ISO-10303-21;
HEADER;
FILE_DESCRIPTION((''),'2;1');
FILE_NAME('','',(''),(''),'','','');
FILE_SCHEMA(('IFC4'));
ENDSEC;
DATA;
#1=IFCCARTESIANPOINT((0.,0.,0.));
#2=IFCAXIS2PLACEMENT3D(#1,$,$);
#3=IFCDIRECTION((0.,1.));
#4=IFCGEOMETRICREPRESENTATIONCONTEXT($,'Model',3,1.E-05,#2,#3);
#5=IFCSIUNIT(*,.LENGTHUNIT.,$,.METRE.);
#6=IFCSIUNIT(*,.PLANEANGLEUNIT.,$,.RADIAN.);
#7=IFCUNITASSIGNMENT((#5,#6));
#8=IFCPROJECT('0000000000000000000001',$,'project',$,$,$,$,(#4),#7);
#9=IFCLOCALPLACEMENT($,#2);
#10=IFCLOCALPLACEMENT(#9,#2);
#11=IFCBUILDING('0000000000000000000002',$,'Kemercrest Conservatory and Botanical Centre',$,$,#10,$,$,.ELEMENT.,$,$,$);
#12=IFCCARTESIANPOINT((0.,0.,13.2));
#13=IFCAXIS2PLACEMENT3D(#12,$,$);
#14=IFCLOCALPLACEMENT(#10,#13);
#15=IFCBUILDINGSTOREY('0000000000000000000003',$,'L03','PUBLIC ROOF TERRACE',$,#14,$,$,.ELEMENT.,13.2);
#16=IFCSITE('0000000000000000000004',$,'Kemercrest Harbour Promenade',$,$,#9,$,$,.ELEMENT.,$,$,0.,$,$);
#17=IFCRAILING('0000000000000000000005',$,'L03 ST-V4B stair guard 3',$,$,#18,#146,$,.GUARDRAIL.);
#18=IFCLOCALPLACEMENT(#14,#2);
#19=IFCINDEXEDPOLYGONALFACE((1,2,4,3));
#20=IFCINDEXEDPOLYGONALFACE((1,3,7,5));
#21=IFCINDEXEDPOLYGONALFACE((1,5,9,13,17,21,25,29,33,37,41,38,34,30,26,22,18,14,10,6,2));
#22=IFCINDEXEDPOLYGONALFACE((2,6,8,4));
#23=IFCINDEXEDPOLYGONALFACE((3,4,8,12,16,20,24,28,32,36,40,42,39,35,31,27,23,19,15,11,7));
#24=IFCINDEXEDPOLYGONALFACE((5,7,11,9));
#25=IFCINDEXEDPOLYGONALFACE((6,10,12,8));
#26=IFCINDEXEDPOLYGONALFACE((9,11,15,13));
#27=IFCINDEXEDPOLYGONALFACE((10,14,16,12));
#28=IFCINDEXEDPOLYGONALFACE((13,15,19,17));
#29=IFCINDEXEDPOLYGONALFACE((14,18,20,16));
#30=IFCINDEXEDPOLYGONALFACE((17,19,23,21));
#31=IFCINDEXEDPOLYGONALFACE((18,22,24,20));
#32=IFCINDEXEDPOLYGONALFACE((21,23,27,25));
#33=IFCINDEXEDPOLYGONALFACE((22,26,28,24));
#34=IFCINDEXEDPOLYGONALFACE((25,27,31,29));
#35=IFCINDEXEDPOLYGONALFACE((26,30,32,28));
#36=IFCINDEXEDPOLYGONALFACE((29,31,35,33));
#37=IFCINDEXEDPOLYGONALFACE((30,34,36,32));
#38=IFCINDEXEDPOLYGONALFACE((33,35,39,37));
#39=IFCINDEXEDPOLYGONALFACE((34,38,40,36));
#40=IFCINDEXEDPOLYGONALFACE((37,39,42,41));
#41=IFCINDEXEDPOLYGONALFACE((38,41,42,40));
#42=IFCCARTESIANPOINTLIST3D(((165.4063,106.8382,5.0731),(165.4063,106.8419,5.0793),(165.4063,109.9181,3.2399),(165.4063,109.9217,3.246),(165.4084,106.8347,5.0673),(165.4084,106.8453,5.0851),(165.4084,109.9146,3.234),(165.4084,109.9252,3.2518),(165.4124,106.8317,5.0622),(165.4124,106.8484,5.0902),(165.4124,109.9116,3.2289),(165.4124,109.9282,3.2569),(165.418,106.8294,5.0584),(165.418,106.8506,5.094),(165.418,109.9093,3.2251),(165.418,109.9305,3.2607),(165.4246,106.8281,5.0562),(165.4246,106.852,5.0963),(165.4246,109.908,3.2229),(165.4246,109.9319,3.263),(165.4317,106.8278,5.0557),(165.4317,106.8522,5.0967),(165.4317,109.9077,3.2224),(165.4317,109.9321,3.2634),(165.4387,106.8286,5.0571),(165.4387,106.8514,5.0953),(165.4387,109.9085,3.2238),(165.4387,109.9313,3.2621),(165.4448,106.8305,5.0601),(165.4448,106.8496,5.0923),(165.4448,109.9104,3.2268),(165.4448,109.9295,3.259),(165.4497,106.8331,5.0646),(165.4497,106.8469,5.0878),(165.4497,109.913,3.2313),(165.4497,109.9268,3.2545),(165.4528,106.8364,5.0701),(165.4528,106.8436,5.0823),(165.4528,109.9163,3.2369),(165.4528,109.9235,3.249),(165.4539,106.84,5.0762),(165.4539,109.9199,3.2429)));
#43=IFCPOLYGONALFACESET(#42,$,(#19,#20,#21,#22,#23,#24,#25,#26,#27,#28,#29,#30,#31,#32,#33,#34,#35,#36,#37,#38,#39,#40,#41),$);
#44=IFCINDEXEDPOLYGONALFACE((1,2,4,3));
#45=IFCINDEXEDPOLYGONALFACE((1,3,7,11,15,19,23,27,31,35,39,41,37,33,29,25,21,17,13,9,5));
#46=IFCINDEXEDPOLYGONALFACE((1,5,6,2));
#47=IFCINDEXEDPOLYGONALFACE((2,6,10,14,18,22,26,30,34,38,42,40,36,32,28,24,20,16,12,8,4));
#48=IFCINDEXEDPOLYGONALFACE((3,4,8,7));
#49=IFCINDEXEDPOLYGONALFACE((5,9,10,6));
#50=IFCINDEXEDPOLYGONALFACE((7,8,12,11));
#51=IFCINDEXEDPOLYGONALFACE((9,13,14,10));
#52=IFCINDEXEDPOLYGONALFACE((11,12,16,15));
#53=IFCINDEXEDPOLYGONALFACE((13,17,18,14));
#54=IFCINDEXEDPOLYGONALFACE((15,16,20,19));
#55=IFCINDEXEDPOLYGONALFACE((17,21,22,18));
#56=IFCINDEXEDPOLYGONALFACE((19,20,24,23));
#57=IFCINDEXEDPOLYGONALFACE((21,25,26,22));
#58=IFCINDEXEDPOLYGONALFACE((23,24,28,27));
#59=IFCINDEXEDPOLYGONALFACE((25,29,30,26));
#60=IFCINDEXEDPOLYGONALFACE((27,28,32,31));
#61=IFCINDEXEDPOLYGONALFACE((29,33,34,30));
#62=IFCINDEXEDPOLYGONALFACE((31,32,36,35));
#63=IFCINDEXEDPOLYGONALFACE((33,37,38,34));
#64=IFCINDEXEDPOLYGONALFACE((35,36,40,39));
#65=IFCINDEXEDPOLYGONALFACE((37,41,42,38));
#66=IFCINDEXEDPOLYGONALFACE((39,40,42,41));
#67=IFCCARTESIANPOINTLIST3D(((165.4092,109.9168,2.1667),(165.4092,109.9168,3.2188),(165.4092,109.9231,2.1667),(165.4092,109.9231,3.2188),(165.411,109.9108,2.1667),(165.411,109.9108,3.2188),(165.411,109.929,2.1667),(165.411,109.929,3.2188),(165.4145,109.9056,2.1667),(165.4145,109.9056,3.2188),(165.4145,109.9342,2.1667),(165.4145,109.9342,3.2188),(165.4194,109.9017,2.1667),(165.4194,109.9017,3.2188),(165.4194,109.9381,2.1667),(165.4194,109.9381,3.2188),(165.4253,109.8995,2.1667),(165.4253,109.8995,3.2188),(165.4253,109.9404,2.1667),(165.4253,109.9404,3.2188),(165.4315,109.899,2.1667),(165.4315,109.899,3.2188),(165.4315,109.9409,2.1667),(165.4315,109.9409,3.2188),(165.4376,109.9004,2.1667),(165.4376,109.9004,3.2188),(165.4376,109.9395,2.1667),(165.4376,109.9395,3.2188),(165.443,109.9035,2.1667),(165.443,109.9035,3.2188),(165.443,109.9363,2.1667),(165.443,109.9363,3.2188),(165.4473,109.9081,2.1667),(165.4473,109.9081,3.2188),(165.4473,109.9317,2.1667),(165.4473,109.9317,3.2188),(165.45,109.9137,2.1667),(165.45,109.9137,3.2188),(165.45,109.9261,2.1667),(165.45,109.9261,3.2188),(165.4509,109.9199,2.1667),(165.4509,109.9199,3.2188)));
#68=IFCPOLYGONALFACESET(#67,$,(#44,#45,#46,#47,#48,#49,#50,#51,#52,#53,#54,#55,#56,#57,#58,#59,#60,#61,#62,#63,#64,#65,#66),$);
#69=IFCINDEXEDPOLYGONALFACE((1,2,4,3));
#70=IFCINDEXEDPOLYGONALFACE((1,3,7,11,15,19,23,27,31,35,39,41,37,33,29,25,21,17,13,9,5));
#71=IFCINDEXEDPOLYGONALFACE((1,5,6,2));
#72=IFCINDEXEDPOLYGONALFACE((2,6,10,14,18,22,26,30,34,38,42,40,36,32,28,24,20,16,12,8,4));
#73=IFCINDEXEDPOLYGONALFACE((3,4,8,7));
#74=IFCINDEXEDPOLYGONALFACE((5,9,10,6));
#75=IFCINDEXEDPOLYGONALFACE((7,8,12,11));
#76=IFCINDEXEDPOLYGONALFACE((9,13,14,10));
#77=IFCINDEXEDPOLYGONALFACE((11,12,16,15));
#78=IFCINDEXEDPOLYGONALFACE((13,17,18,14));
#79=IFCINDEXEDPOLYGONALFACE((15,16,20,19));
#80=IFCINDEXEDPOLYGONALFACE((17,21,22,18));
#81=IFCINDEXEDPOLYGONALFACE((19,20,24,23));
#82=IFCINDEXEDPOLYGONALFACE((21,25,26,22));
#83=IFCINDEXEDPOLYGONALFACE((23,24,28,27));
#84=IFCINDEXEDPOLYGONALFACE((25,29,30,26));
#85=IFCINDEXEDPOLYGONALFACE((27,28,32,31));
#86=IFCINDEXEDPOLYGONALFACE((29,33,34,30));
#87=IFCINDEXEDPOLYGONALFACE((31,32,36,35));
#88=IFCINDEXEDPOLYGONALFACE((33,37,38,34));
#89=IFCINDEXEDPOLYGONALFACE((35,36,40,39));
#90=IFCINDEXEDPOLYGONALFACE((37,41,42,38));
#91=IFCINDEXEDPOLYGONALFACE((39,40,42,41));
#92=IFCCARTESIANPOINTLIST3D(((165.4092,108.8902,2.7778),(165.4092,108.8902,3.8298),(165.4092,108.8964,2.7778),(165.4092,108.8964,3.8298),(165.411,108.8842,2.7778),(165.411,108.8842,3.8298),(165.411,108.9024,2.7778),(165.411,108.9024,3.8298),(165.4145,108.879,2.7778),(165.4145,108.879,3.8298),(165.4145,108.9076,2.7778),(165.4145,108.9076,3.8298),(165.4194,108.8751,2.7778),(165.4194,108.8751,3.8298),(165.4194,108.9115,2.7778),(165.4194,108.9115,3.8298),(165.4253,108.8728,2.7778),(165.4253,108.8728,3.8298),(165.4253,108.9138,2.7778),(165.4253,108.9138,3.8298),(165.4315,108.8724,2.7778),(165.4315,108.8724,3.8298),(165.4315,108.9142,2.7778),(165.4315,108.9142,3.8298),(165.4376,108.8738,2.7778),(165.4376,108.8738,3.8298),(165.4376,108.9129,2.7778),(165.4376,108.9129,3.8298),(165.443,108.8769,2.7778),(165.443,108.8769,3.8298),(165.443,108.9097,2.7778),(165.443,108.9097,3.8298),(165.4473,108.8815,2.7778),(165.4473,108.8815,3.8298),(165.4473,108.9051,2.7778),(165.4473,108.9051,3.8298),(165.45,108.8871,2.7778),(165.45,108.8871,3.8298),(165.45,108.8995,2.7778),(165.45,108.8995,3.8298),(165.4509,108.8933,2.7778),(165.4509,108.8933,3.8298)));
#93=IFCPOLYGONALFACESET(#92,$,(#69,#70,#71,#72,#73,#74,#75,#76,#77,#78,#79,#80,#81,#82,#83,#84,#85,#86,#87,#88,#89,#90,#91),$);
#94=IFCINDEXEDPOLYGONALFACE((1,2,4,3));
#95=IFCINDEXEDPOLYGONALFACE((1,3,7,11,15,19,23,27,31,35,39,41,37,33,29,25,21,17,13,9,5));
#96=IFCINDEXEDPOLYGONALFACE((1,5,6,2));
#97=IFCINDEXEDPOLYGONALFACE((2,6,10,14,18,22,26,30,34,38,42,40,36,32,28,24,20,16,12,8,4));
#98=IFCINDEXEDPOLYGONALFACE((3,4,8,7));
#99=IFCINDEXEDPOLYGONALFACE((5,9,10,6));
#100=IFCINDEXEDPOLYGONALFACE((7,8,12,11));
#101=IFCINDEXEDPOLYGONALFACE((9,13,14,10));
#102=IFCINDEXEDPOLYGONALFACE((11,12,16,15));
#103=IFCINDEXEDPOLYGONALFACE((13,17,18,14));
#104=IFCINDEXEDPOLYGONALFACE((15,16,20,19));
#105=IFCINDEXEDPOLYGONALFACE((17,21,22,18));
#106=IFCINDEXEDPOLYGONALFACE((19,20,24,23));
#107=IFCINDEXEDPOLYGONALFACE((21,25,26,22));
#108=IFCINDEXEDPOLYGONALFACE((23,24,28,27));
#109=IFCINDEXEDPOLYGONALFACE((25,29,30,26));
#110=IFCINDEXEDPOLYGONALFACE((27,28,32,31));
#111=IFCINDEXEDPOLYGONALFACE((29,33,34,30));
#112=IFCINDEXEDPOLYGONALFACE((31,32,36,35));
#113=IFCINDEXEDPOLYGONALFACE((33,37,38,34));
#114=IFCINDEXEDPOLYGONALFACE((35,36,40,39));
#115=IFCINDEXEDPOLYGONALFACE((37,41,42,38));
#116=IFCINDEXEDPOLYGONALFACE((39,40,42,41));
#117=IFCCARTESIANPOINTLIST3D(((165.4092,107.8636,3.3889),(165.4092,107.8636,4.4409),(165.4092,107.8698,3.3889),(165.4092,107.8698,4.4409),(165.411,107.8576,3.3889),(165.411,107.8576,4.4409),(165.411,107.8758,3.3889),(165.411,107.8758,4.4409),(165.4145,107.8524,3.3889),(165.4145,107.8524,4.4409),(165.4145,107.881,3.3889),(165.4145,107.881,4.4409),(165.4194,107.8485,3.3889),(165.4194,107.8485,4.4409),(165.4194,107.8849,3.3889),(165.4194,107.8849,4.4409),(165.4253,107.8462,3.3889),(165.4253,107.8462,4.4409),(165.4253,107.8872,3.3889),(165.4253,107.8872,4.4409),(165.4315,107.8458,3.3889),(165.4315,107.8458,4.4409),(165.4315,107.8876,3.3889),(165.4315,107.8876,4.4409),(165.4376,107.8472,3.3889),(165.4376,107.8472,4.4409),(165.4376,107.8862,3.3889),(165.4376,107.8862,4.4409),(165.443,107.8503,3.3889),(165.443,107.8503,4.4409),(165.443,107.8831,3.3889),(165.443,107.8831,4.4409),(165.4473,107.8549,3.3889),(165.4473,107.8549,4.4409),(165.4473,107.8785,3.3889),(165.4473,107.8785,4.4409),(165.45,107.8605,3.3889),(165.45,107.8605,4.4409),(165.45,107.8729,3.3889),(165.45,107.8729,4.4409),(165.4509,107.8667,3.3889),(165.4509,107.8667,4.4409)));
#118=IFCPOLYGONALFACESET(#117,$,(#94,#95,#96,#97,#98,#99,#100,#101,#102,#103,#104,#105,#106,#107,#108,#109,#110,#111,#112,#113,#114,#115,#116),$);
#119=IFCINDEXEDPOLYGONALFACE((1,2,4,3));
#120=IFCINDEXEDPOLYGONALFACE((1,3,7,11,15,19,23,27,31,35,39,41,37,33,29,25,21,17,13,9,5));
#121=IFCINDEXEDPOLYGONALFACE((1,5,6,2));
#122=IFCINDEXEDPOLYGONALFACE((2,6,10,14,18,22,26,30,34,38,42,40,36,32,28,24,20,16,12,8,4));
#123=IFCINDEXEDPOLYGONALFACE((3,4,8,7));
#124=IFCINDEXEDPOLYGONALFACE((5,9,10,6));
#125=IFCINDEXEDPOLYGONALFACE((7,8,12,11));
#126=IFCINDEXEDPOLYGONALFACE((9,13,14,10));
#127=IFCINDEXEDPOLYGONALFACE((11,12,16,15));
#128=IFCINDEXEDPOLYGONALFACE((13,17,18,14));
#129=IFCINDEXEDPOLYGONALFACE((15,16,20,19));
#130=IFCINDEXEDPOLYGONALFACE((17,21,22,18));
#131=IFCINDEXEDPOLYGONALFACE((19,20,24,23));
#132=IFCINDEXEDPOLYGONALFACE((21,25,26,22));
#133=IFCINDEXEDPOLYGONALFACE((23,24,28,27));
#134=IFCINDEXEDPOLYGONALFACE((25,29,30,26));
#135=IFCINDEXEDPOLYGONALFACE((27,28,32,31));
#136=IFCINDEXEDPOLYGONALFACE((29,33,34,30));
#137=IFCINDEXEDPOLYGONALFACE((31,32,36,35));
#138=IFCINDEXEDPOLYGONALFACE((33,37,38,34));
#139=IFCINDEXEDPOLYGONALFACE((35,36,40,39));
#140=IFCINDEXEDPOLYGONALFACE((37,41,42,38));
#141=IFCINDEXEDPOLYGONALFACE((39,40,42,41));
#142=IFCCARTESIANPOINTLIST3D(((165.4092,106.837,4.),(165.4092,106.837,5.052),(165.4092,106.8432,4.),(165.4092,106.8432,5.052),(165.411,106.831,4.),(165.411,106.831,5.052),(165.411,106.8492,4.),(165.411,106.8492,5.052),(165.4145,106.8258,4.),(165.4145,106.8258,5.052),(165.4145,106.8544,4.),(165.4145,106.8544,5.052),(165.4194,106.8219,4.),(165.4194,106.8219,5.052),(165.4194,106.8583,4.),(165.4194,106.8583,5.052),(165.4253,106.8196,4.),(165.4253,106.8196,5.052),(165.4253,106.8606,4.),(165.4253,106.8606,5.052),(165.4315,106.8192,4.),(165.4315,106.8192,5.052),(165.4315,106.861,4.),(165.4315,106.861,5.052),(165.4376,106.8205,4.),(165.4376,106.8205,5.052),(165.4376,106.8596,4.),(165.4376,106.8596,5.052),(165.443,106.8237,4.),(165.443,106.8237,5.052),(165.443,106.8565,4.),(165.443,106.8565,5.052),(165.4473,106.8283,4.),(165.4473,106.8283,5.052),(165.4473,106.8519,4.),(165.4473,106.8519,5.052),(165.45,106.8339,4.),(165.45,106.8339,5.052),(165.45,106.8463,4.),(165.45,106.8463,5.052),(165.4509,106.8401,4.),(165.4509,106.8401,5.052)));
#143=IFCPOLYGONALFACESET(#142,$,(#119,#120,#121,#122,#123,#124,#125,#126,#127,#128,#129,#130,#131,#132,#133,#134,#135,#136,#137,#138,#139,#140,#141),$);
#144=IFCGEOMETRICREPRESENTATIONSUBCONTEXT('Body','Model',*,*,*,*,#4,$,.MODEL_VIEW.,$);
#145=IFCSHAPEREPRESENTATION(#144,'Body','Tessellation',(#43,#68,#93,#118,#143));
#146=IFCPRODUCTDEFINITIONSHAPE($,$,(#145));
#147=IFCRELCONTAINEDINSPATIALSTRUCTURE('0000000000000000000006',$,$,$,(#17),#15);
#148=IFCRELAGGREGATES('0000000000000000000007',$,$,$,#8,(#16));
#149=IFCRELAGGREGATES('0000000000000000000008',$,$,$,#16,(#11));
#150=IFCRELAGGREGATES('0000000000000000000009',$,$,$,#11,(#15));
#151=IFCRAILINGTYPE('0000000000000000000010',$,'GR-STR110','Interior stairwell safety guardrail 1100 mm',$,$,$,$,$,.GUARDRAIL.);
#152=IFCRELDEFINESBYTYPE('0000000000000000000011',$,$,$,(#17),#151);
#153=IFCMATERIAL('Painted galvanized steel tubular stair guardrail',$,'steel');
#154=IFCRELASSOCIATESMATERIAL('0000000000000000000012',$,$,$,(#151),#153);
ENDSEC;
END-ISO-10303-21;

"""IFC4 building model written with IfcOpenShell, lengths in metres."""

from ifc_helpers import new_model, si_unit, direction, frame, origin, origin_2d, place, context, subcontext, project, spatial, circle, extrude, material, type_object, element, save


model = new_model("IFC4")

# Units and contexts
model_context = context("Model", 3, precision=1e-05, world=origin(), true_north=direction((0.0, 1.0)))
body_context = subcontext(model_context, "Body", "Model", "MODEL_VIEW")
ifc_project = project(units=[si_unit("LENGTHUNIT", "METRE"), si_unit("PLANEANGLEUNIT", "RADIAN")], contexts=[model_context])

# Site, building, storey
site_placement = place(None, origin())
site = spatial("IfcSite", under=ifc_project, at=site_placement, Name="Kemercrest Harbour Promenade", CompositionType="ELEMENT", RefElevation=0.0)
building_placement = place(site_placement, origin())
building = spatial("IfcBuilding", under=site, at=building_placement, Name="Kemercrest Conservatory and Botanical Centre", CompositionType="ELEMENT")
storey_placement = place(building_placement, frame((0.0, 0.0, 13.2)))
storey = spatial("IfcBuildingStorey", under=building, at=storey_placement, Name="L03", Description="PUBLIC ROOF TERRACE", CompositionType="ELEMENT", Elevation=13.2)

# Railing
ifc_material_1 = material(Name="Painted galvanized steel tubular stair guardrail", Category="steel")
railing_type_1 = type_object("IfcRailingType", Name="GR-STR110", Description="Interior stairwell safety guardrail 1100 mm", PredefinedType="GUARDRAIL", material=ifc_material_1)
railing_1_placement = place(storey_placement, frame((165.4299, 109.9199, 2.1667)))
element("IfcRailing", 1, at=railing_1_placement, inside=storey, type_object=railing_type_1, Name="L03 ST-V4B stair guard 3", PredefinedType="GUARDRAIL", context=body_context, shape_type="SweptSolid", body=[
    extrude(circle(Radius=0.0239, at=origin_2d()), frame((0.0, 0.0, 1.0762), z_axis=(0.0, -0.859291, 0.511487), x_axis=(1.0, 0.0, 0.0)), (0.0, 0.0, 1.0), 3.5842),
    extrude(circle(Radius=0.021, at=origin_2d()), origin(), (0.0, 0.0, 1.0), 1.052),
    extrude(circle(Radius=0.021, at=origin_2d()), frame((0.0, -1.0266, 0.6111)), (0.0, 0.0, 1.0), 1.052),
    extrude(circle(Radius=0.021, at=origin_2d()), frame((0.0, -2.0532, 1.2222)), (0.0, 0.0, 1.0), 1.052),
    extrude(circle(Radius=0.021, at=origin_2d()), frame((0.0, -3.0798, 1.8333)), (0.0, 0.0, 1.0), 1.052),
])

save(model, "model.ifc")
